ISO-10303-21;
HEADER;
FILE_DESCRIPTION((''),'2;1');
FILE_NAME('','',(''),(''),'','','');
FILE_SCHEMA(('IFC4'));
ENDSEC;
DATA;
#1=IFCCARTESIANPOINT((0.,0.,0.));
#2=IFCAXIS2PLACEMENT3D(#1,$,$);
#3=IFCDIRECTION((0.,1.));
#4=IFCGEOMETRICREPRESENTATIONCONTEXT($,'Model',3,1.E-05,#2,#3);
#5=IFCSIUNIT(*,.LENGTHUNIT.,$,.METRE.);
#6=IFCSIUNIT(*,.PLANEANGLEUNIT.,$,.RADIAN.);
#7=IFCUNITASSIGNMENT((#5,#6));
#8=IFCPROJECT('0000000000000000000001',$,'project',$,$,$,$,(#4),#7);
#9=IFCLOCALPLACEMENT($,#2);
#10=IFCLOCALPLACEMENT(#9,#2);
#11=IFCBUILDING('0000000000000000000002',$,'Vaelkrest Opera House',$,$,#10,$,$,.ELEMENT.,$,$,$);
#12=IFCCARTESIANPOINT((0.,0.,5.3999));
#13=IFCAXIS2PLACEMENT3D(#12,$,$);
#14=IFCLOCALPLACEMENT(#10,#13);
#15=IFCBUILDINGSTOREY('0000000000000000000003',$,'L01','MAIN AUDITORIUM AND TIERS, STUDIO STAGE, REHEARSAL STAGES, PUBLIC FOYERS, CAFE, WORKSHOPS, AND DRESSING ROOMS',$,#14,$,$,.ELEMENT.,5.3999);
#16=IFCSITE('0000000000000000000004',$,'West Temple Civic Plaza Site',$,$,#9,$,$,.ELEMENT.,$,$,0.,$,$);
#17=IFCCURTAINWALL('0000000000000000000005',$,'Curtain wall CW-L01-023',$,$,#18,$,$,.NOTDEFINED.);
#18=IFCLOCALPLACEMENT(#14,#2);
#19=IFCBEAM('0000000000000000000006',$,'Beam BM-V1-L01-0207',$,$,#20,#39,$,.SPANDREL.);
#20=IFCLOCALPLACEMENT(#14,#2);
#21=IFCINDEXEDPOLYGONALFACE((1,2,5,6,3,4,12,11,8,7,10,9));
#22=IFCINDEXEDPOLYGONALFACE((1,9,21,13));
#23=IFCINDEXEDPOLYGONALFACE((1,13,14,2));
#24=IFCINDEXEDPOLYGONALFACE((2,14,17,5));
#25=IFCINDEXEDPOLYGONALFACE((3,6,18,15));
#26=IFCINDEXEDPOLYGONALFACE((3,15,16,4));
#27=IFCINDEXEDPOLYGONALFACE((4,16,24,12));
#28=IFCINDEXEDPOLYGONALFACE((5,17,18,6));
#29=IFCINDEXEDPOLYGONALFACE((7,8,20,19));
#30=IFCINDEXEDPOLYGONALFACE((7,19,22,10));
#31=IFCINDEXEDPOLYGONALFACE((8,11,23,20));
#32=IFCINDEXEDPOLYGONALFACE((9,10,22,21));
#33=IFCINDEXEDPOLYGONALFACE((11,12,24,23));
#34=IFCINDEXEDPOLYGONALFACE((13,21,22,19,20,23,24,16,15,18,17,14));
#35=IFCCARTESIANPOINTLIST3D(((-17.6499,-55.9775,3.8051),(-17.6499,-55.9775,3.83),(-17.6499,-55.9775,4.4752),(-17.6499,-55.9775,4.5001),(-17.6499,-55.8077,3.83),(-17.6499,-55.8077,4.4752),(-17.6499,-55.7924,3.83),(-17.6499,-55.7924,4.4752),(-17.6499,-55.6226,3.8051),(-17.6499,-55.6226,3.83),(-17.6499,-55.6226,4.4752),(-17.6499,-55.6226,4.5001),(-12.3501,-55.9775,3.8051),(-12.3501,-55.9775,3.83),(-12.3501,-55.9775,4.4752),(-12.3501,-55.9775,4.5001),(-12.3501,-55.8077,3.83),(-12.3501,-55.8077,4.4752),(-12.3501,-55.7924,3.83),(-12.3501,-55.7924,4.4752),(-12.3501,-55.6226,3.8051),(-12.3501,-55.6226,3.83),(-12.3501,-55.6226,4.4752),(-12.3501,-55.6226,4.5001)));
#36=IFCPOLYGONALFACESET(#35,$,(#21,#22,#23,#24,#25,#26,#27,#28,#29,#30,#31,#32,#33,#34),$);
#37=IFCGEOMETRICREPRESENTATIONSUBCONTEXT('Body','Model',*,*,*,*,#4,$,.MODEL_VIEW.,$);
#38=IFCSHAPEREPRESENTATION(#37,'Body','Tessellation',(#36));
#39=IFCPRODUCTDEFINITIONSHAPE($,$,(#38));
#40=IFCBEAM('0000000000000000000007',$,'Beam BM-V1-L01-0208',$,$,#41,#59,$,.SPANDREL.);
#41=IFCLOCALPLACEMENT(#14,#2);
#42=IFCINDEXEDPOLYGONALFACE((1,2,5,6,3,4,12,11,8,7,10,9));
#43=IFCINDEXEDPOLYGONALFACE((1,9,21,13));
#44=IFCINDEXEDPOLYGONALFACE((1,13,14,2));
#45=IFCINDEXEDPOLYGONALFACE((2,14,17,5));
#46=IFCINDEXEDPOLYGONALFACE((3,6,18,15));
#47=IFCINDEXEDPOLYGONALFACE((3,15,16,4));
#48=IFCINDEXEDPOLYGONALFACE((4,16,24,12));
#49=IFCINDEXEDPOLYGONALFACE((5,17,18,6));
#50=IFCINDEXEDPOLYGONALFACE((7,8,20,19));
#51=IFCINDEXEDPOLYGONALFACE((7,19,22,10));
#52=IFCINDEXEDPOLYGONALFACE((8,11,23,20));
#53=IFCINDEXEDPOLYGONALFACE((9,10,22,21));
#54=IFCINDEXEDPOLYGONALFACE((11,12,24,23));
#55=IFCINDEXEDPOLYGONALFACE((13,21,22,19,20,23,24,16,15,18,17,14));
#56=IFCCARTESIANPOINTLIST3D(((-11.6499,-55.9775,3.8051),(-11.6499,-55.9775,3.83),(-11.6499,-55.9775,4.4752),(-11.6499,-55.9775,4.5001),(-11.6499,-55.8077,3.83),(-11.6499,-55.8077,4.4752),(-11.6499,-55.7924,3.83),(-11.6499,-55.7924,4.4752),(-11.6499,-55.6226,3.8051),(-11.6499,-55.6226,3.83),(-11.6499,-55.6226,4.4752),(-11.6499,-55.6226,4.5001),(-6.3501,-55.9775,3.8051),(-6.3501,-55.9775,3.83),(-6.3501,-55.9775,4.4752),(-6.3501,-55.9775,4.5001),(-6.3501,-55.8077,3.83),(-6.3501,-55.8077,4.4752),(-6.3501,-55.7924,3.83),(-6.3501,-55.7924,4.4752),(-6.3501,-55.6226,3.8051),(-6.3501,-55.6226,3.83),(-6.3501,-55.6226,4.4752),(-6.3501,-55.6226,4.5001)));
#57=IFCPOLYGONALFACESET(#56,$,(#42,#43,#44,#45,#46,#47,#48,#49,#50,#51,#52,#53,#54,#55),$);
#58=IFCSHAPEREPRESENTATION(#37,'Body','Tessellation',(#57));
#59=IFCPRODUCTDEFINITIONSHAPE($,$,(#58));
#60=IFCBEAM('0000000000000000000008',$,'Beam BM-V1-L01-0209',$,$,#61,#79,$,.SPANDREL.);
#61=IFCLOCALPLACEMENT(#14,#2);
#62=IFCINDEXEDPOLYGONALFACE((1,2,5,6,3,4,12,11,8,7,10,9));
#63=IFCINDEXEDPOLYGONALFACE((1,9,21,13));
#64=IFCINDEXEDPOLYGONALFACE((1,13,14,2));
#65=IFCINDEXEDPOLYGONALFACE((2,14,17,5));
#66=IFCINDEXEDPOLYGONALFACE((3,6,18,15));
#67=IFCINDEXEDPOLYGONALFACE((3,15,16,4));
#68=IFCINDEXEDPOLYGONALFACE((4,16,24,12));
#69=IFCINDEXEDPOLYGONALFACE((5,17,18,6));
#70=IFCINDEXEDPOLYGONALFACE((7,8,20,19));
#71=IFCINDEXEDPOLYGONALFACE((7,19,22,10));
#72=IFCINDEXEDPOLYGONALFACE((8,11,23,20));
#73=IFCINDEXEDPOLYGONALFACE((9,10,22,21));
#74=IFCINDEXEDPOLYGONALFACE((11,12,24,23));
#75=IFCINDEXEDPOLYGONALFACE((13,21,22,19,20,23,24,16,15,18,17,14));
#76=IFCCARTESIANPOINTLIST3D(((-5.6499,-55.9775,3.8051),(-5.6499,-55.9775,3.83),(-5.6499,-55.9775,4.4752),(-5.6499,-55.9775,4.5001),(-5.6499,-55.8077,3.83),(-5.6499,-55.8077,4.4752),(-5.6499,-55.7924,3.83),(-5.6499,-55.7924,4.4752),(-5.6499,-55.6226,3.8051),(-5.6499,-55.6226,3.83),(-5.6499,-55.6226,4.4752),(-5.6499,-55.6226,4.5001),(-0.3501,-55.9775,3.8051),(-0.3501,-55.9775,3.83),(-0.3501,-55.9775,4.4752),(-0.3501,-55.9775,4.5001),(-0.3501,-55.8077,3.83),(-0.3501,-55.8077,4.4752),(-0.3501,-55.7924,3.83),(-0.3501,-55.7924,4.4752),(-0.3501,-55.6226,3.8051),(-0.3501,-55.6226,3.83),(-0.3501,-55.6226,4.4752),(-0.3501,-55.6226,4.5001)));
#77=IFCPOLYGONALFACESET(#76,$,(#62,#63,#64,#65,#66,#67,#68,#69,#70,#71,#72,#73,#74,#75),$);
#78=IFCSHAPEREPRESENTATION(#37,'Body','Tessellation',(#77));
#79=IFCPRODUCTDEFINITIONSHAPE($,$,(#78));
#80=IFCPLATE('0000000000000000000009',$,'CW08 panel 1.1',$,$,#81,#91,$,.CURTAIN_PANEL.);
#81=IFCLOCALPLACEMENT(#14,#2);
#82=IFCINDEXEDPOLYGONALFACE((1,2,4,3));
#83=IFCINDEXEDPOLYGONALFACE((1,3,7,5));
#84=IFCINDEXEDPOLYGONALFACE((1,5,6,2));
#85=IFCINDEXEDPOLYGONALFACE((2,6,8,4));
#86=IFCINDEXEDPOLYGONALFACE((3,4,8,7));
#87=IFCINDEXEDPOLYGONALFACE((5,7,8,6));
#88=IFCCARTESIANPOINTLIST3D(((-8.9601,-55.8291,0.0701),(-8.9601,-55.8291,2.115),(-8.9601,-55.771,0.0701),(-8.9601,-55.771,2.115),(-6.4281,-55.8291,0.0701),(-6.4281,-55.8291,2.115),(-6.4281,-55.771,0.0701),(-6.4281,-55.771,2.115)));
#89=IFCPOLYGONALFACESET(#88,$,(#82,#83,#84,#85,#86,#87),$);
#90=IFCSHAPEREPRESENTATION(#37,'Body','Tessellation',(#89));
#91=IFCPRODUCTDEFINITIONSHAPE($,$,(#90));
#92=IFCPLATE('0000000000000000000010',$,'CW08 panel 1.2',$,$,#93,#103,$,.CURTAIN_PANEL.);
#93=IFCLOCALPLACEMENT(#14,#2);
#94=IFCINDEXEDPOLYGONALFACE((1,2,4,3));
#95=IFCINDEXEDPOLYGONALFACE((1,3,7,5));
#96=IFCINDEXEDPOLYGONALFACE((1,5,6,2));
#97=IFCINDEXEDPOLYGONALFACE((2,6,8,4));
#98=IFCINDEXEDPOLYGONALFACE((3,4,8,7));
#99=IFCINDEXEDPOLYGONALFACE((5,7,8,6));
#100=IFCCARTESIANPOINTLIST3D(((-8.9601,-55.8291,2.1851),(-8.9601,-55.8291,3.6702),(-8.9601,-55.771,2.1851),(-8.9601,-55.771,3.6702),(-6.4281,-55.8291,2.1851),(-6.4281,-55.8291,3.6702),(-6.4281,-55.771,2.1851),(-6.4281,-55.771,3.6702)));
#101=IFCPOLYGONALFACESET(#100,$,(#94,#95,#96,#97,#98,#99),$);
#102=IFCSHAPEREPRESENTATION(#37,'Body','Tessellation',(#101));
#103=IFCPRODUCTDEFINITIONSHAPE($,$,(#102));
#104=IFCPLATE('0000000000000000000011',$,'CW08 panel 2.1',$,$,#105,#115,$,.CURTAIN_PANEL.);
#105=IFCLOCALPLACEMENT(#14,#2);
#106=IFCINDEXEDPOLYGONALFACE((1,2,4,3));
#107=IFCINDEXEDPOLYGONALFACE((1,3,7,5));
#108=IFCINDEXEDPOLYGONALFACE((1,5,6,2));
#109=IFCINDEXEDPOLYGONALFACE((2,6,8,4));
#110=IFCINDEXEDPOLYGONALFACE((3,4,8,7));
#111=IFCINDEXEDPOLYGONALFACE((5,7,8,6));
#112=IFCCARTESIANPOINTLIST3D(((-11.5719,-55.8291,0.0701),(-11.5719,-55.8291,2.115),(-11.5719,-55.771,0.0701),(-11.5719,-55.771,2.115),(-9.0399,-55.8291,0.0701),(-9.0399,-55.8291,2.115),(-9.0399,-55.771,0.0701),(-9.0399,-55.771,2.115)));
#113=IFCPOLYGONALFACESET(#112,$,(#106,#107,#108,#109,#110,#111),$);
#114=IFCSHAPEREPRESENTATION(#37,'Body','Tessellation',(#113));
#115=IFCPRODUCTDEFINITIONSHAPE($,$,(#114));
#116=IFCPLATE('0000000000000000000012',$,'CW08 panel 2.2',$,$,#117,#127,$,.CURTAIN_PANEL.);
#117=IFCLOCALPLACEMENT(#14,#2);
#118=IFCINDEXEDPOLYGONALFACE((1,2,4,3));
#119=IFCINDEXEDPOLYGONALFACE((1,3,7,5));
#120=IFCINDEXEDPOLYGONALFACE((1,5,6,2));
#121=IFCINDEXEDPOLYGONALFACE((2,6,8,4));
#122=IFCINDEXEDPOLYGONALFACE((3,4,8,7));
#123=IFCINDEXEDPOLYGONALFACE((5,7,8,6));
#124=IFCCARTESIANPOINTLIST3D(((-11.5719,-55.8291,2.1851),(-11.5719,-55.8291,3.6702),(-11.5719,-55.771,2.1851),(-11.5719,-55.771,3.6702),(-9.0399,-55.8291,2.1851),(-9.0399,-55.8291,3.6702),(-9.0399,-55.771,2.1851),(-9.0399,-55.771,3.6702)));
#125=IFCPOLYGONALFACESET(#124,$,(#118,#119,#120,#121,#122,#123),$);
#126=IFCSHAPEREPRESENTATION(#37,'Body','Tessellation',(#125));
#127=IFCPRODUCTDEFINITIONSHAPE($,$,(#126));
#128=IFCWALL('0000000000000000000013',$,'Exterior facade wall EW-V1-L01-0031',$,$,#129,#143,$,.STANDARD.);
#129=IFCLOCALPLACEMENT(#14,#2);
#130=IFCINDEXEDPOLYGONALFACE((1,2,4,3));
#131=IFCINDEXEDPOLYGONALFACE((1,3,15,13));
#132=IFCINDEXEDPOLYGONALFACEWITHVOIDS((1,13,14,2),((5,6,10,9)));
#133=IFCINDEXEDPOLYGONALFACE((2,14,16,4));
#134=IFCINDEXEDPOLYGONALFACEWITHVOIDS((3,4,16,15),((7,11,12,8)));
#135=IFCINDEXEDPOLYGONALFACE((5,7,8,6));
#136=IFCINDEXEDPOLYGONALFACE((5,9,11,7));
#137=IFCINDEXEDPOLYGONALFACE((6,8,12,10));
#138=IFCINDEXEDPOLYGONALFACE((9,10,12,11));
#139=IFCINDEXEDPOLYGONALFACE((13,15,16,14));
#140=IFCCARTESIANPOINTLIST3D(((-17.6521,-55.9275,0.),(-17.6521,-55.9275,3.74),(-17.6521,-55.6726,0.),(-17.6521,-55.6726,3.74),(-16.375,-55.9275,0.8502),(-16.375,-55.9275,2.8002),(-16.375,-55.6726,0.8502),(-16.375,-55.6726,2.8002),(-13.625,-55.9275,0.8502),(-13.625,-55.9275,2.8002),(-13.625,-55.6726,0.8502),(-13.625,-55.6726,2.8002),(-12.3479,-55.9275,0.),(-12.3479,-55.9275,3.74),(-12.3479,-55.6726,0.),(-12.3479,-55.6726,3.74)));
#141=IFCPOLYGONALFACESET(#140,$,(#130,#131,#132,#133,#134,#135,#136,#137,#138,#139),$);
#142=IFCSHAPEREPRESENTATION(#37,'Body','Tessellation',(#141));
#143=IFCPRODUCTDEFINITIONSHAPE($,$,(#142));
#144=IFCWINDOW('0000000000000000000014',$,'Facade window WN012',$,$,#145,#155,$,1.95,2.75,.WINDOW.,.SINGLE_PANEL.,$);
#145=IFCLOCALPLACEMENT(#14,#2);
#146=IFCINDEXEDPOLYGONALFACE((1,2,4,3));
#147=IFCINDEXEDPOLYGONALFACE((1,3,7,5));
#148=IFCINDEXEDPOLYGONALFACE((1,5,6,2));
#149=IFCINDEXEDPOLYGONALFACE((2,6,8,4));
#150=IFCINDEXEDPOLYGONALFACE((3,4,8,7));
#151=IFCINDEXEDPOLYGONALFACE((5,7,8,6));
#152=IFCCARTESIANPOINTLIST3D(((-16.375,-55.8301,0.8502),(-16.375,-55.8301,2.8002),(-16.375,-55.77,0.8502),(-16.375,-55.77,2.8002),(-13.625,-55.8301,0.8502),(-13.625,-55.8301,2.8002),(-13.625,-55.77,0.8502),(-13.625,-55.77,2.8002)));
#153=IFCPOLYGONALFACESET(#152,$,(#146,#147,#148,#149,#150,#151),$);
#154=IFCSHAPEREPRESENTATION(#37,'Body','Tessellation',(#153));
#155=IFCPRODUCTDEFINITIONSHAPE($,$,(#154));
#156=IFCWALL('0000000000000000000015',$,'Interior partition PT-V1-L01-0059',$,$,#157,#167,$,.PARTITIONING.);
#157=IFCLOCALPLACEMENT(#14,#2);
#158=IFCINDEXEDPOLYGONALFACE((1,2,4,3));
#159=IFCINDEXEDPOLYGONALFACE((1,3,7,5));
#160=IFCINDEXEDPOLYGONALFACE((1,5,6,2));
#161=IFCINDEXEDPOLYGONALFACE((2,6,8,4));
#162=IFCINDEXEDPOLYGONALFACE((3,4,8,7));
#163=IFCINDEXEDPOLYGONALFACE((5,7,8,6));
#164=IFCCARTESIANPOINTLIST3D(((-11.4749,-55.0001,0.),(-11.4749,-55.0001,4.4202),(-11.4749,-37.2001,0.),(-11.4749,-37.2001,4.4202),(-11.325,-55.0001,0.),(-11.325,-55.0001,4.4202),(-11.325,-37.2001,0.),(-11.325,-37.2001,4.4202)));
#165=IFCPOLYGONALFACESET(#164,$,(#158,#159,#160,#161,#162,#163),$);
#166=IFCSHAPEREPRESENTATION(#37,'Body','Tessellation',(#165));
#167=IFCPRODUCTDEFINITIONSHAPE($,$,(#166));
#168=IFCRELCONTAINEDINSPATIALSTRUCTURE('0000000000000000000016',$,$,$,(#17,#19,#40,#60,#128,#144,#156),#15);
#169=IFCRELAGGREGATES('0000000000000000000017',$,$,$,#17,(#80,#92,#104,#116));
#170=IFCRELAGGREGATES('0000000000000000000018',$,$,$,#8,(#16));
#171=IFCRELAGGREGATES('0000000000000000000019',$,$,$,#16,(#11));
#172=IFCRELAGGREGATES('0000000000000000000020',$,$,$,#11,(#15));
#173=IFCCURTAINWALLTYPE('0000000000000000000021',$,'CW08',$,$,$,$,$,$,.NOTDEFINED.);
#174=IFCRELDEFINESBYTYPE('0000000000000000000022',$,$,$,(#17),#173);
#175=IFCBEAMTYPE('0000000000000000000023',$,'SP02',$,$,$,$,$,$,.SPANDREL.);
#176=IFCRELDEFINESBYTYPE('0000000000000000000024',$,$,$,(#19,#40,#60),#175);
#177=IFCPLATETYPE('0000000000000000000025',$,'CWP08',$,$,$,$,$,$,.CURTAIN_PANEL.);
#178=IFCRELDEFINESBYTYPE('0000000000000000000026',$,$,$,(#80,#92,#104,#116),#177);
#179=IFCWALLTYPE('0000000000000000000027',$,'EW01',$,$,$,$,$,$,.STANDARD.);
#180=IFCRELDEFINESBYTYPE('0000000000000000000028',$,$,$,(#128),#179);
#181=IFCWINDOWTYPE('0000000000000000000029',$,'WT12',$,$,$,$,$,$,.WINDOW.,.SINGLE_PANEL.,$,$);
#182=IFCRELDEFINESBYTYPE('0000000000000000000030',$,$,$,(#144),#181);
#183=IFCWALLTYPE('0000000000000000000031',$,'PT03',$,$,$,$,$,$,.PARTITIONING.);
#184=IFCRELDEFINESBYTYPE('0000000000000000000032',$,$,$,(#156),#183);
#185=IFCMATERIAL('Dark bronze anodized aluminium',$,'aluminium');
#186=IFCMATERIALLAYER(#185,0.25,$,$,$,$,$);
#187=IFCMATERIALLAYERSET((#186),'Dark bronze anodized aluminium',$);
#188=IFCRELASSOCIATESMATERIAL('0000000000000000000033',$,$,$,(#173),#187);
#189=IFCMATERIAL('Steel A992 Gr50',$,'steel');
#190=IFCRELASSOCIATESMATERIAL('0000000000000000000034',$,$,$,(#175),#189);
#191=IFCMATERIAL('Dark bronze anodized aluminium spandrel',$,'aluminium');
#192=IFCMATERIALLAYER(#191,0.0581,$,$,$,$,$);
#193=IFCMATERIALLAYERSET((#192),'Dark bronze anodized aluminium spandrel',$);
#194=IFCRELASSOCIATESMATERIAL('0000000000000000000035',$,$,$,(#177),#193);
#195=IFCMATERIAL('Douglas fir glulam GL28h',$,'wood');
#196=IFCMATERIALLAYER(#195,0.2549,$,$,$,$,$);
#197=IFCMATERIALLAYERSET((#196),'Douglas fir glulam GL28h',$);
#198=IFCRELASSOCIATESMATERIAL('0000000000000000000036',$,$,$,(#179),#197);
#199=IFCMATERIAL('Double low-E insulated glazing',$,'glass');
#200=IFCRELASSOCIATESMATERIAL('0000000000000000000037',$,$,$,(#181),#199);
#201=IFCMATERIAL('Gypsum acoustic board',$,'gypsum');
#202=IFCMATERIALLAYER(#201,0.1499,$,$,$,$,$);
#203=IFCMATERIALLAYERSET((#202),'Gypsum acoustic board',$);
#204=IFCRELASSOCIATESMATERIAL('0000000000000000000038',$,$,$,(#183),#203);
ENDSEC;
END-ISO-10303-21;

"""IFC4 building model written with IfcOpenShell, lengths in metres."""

from ifc_helpers import new_model, si_unit, direction, frame, frame_2d, origin, origin_2d, place, context, subcontext, project, spatial, rectangle, i_section, extrude, material, layer, layer_set, material_profile, profile_set, type_object, element, fill, aggregate, save


model = new_model("IFC4")

# Units and contexts
model_context = context("Model", 3, precision=1e-05, world=origin(), true_north=direction((0.0, 1.0)))
body_context = subcontext(model_context, "Body", "Model", "MODEL_VIEW")
ifc_project = project(units=[si_unit("LENGTHUNIT", "METRE"), si_unit("PLANEANGLEUNIT", "RADIAN")], contexts=[model_context])

# Site, building, storey
site_placement = place(None, origin())
site = spatial("IfcSite", under=ifc_project, at=site_placement, Name="West Temple Civic Plaza Site", CompositionType="ELEMENT", RefElevation=0.0)
building_placement = place(site_placement, origin())
building = spatial("IfcBuilding", under=site, at=building_placement, Name="Vaelkrest Opera House", CompositionType="ELEMENT")
storey_placement = place(building_placement, frame((0.0, 0.0, 5.3999)))
storey = spatial("IfcBuildingStorey", under=building, at=storey_placement, Name="L01", Description="MAIN AUDITORIUM AND TIERS, STUDIO STAGE, REHEARSAL STAGES, PUBLIC FOYERS, CAFE, WORKSHOPS, AND DRESSING ROOMS", CompositionType="ELEMENT", Elevation=5.3999)

# Shared definitions
ifc_material_1 = material(Name="Steel A992 Gr50", Category="steel")

# Curtain wall
ifc_material_2 = material(Name="Dark bronze anodized aluminium", Category="aluminium")
ifc_layer_1 = layer(ifc_material_2, 0.25)
ifc_layer_set_1 = layer_set([ifc_layer_1], Name="Dark bronze anodized aluminium")
curtain_wall_type = type_object("IfcCurtainWallType", Name="CW08", PredefinedType="NOTDEFINED", material=ifc_layer_set_1)
curtain_wall_placement = place(storey_placement, origin())
curtain_wall = element("IfcCurtainWall", 1, at=curtain_wall_placement, inside=storey, type_object=curtain_wall_type, Name="Curtain wall CW-L01-023", PredefinedType="NOTDEFINED")

# Beams
ifc_material_profile_1 = material_profile(ifc_material_1, i_section(OverallWidth=0.355, OverallDepth=0.6951, WebThickness=0.0154, FlangeThickness=0.0249, at=origin_2d()), Name="W27X146")
ifc_profile_set_1 = profile_set([ifc_material_profile_1], Name="Steel A992 Gr50")
beam_type_1 = type_object("IfcBeamType", Name="SP02", PredefinedType="SPANDREL", material=ifc_profile_set_1)
for number, where, z_axis, x_axis, name in (
    (2, (-17.6499, -55.8, 4.1526), (1.0, 0.0, 0.0), (0.0, 1.0, 0.0), "Beam BM-V1-L01-0207"),
    (3, (-11.6499, -55.8, 4.1526), (1.0, 0.0, 0.0), (0.0, 1.0, 0.0), "Beam BM-V1-L01-0208"),
    (4, (-5.6499, -55.8, 4.1526), (1.0, 0.0, 0.0), (0.0, 1.0, 0.0), "Beam BM-V1-L01-0209"),
):
    element("IfcBeam", number, at=place(storey_placement, frame(where, z_axis=z_axis, x_axis=x_axis)), inside=storey, type_object=beam_type_1, Name=name, PredefinedType="SPANDREL", context=body_context, shape_type="SweptSolid", body=[
        extrude(i_section(OverallWidth=0.355, OverallDepth=0.6951, WebThickness=0.0154, FlangeThickness=0.0249, at=origin_2d()), origin(), (0.0, 0.0, 1.0), 5.2998),
    ])

# Plates
ifc_material_3 = material(Name="Dark bronze anodized aluminium spandrel", Category="aluminium")
ifc_layer_2 = layer(ifc_material_3, 0.0581)
ifc_layer_set_2 = layer_set([ifc_layer_2], Name="Dark bronze anodized aluminium spandrel")
plate_type = type_object("IfcPlateType", Name="CWP08", PredefinedType="CURTAIN_PANEL", material=ifc_layer_set_2)
plate_1_placement = place(storey_placement, frame((-7.6941, -55.8, 0.0701), z_axis=(0.0, 0.0, 1.0), x_axis=(-1.0, 0.0, 0.0)))
plate_1 = element("IfcPlate", 5, at=plate_1_placement, type_object=plate_type, Name="CW08 panel 1.1", PredefinedType="CURTAIN_PANEL", context=body_context, shape_type="SweptSolid", body=[
    extrude(rectangle(XDim=2.532, YDim=0.0581, at=origin_2d()), origin(), (0.0, 0.0, 1.0), 2.0449),
])
plate_2_placement = place(storey_placement, frame((-7.6941, -55.8, 2.1851), z_axis=(0.0, 0.0, 1.0), x_axis=(-1.0, 0.0, 0.0)))
plate_2 = element("IfcPlate", 6, at=plate_2_placement, type_object=plate_type, Name="CW08 panel 1.2", PredefinedType="CURTAIN_PANEL", context=body_context, shape_type="SweptSolid", body=[
    extrude(rectangle(XDim=2.532, YDim=0.0581, at=origin_2d()), origin(), (0.0, 0.0, 1.0), 1.4851),
])
plate_3_placement = place(storey_placement, frame((-10.3059, -55.8, 0.0701), z_axis=(0.0, 0.0, 1.0), x_axis=(-1.0, 0.0, 0.0)))
plate_3 = element("IfcPlate", 7, at=plate_3_placement, type_object=plate_type, Name="CW08 panel 2.1", PredefinedType="CURTAIN_PANEL", context=body_context, shape_type="SweptSolid", body=[
    extrude(rectangle(XDim=2.532, YDim=0.0581, at=origin_2d()), origin(), (0.0, 0.0, 1.0), 2.0449),
])
plate_4_placement = place(storey_placement, frame((-10.3059, -55.8, 2.1851), z_axis=(0.0, 0.0, 1.0), x_axis=(-1.0, 0.0, 0.0)))
plate_4 = element("IfcPlate", 8, at=plate_4_placement, type_object=plate_type, Name="CW08 panel 2.2", PredefinedType="CURTAIN_PANEL", context=body_context, shape_type="SweptSolid", body=[
    extrude(rectangle(XDim=2.532, YDim=0.0581, at=origin_2d()), origin(), (0.0, 0.0, 1.0), 1.4851),
])
aggregate(curtain_wall, [plate_1, plate_2, plate_3, plate_4])

# Wall, opening, window
ifc_material_4 = material(Name="Douglas fir glulam GL28h", Category="wood")
ifc_layer_3 = layer(ifc_material_4, 0.2549)
ifc_layer_set_3 = layer_set([ifc_layer_3], Name="Douglas fir glulam GL28h")
wall_type_1 = type_object("IfcWallType", Name="EW01", PredefinedType="STANDARD", material=ifc_layer_set_3)
wall_1_placement = place(storey_placement, frame((-12.3479, -55.8, 0.0), z_axis=(0.0, 0.0, 1.0), x_axis=(-1.0, 0.0, 0.0)))
wall_1 = element("IfcWall", 9, at=wall_1_placement, inside=storey, type_object=wall_type_1, Name="Exterior facade wall EW-V1-L01-0031", PredefinedType="STANDARD", context=body_context, shape_type="SweptSolid", body=[
    extrude(rectangle(XDim=5.3042, YDim=0.2549, at=frame_2d((2.6521, 0.0))), origin(), (0.0, 0.0, 1.0), 3.74),
])
opening_placement = place(wall_1_placement, frame((1.2771, 0.0, 0.8501)))
opening = element("IfcOpeningElement", 10, at=opening_placement, cuts=wall_1, PredefinedType="OPENING", context=body_context, shape_type="SweptSolid", body=[
    extrude(rectangle(XDim=2.75, YDim=1.95, at=frame_2d((1.375, 0.9751))), frame((0.0, 0.1375, 0.0), z_axis=(0.0, -1.0, 0.0), x_axis=(1.0, 0.0, 0.0)), (0.0, 0.0, 1.0), 0.2749),
])
ifc_material_5 = material(Name="Double low-E insulated glazing", Category="glass")
window_type = type_object("IfcWindowType", Name="WT12", PartitioningType="SINGLE_PANEL", PredefinedType="WINDOW", material=ifc_material_5)
window_placement = place(opening_placement, origin())
window = element("IfcWindow", 11, at=window_placement, inside=storey, type_object=window_type, Name="Facade window WN012", OverallHeight=1.95, OverallWidth=2.75, PartitioningType="SINGLE_PANEL", PredefinedType="WINDOW", context=body_context, shape_type="SweptSolid", body=[
    extrude(rectangle(XDim=2.75, YDim=1.95, at=frame_2d((1.375, 0.9751))), frame((0.0, 0.03, 0.0), z_axis=(0.0, -1.0, 0.0), x_axis=(1.0, 0.0, 0.0)), (0.0, 0.0, 1.0), 0.0601),
])
fill(opening, window)

# Wall
ifc_material_6 = material(Name="Gypsum acoustic board", Category="gypsum")
ifc_layer_4 = layer(ifc_material_6, 0.1499)
ifc_layer_set_4 = layer_set([ifc_layer_4], Name="Gypsum acoustic board")
wall_type_2 = type_object("IfcWallType", Name="PT03", PredefinedType="PARTITIONING", material=ifc_layer_set_4)
wall_2_placement = place(storey_placement, frame((-11.3999, -55.0, 0.0), z_axis=(0.0, 0.0, 1.0), x_axis=(0.0, 1.0, 0.0)))
element("IfcWall", 12, at=wall_2_placement, inside=storey, type_object=wall_type_2, Name="Interior partition PT-V1-L01-0059", PredefinedType="PARTITIONING", context=body_context, shape_type="SweptSolid", body=[
    extrude(rectangle(XDim=17.8, YDim=0.1499, at=frame_2d((8.8999, 0.0))), origin(), (0.0, 0.0, 1.0), 4.4202),
])

save(model, "model.ifc")
